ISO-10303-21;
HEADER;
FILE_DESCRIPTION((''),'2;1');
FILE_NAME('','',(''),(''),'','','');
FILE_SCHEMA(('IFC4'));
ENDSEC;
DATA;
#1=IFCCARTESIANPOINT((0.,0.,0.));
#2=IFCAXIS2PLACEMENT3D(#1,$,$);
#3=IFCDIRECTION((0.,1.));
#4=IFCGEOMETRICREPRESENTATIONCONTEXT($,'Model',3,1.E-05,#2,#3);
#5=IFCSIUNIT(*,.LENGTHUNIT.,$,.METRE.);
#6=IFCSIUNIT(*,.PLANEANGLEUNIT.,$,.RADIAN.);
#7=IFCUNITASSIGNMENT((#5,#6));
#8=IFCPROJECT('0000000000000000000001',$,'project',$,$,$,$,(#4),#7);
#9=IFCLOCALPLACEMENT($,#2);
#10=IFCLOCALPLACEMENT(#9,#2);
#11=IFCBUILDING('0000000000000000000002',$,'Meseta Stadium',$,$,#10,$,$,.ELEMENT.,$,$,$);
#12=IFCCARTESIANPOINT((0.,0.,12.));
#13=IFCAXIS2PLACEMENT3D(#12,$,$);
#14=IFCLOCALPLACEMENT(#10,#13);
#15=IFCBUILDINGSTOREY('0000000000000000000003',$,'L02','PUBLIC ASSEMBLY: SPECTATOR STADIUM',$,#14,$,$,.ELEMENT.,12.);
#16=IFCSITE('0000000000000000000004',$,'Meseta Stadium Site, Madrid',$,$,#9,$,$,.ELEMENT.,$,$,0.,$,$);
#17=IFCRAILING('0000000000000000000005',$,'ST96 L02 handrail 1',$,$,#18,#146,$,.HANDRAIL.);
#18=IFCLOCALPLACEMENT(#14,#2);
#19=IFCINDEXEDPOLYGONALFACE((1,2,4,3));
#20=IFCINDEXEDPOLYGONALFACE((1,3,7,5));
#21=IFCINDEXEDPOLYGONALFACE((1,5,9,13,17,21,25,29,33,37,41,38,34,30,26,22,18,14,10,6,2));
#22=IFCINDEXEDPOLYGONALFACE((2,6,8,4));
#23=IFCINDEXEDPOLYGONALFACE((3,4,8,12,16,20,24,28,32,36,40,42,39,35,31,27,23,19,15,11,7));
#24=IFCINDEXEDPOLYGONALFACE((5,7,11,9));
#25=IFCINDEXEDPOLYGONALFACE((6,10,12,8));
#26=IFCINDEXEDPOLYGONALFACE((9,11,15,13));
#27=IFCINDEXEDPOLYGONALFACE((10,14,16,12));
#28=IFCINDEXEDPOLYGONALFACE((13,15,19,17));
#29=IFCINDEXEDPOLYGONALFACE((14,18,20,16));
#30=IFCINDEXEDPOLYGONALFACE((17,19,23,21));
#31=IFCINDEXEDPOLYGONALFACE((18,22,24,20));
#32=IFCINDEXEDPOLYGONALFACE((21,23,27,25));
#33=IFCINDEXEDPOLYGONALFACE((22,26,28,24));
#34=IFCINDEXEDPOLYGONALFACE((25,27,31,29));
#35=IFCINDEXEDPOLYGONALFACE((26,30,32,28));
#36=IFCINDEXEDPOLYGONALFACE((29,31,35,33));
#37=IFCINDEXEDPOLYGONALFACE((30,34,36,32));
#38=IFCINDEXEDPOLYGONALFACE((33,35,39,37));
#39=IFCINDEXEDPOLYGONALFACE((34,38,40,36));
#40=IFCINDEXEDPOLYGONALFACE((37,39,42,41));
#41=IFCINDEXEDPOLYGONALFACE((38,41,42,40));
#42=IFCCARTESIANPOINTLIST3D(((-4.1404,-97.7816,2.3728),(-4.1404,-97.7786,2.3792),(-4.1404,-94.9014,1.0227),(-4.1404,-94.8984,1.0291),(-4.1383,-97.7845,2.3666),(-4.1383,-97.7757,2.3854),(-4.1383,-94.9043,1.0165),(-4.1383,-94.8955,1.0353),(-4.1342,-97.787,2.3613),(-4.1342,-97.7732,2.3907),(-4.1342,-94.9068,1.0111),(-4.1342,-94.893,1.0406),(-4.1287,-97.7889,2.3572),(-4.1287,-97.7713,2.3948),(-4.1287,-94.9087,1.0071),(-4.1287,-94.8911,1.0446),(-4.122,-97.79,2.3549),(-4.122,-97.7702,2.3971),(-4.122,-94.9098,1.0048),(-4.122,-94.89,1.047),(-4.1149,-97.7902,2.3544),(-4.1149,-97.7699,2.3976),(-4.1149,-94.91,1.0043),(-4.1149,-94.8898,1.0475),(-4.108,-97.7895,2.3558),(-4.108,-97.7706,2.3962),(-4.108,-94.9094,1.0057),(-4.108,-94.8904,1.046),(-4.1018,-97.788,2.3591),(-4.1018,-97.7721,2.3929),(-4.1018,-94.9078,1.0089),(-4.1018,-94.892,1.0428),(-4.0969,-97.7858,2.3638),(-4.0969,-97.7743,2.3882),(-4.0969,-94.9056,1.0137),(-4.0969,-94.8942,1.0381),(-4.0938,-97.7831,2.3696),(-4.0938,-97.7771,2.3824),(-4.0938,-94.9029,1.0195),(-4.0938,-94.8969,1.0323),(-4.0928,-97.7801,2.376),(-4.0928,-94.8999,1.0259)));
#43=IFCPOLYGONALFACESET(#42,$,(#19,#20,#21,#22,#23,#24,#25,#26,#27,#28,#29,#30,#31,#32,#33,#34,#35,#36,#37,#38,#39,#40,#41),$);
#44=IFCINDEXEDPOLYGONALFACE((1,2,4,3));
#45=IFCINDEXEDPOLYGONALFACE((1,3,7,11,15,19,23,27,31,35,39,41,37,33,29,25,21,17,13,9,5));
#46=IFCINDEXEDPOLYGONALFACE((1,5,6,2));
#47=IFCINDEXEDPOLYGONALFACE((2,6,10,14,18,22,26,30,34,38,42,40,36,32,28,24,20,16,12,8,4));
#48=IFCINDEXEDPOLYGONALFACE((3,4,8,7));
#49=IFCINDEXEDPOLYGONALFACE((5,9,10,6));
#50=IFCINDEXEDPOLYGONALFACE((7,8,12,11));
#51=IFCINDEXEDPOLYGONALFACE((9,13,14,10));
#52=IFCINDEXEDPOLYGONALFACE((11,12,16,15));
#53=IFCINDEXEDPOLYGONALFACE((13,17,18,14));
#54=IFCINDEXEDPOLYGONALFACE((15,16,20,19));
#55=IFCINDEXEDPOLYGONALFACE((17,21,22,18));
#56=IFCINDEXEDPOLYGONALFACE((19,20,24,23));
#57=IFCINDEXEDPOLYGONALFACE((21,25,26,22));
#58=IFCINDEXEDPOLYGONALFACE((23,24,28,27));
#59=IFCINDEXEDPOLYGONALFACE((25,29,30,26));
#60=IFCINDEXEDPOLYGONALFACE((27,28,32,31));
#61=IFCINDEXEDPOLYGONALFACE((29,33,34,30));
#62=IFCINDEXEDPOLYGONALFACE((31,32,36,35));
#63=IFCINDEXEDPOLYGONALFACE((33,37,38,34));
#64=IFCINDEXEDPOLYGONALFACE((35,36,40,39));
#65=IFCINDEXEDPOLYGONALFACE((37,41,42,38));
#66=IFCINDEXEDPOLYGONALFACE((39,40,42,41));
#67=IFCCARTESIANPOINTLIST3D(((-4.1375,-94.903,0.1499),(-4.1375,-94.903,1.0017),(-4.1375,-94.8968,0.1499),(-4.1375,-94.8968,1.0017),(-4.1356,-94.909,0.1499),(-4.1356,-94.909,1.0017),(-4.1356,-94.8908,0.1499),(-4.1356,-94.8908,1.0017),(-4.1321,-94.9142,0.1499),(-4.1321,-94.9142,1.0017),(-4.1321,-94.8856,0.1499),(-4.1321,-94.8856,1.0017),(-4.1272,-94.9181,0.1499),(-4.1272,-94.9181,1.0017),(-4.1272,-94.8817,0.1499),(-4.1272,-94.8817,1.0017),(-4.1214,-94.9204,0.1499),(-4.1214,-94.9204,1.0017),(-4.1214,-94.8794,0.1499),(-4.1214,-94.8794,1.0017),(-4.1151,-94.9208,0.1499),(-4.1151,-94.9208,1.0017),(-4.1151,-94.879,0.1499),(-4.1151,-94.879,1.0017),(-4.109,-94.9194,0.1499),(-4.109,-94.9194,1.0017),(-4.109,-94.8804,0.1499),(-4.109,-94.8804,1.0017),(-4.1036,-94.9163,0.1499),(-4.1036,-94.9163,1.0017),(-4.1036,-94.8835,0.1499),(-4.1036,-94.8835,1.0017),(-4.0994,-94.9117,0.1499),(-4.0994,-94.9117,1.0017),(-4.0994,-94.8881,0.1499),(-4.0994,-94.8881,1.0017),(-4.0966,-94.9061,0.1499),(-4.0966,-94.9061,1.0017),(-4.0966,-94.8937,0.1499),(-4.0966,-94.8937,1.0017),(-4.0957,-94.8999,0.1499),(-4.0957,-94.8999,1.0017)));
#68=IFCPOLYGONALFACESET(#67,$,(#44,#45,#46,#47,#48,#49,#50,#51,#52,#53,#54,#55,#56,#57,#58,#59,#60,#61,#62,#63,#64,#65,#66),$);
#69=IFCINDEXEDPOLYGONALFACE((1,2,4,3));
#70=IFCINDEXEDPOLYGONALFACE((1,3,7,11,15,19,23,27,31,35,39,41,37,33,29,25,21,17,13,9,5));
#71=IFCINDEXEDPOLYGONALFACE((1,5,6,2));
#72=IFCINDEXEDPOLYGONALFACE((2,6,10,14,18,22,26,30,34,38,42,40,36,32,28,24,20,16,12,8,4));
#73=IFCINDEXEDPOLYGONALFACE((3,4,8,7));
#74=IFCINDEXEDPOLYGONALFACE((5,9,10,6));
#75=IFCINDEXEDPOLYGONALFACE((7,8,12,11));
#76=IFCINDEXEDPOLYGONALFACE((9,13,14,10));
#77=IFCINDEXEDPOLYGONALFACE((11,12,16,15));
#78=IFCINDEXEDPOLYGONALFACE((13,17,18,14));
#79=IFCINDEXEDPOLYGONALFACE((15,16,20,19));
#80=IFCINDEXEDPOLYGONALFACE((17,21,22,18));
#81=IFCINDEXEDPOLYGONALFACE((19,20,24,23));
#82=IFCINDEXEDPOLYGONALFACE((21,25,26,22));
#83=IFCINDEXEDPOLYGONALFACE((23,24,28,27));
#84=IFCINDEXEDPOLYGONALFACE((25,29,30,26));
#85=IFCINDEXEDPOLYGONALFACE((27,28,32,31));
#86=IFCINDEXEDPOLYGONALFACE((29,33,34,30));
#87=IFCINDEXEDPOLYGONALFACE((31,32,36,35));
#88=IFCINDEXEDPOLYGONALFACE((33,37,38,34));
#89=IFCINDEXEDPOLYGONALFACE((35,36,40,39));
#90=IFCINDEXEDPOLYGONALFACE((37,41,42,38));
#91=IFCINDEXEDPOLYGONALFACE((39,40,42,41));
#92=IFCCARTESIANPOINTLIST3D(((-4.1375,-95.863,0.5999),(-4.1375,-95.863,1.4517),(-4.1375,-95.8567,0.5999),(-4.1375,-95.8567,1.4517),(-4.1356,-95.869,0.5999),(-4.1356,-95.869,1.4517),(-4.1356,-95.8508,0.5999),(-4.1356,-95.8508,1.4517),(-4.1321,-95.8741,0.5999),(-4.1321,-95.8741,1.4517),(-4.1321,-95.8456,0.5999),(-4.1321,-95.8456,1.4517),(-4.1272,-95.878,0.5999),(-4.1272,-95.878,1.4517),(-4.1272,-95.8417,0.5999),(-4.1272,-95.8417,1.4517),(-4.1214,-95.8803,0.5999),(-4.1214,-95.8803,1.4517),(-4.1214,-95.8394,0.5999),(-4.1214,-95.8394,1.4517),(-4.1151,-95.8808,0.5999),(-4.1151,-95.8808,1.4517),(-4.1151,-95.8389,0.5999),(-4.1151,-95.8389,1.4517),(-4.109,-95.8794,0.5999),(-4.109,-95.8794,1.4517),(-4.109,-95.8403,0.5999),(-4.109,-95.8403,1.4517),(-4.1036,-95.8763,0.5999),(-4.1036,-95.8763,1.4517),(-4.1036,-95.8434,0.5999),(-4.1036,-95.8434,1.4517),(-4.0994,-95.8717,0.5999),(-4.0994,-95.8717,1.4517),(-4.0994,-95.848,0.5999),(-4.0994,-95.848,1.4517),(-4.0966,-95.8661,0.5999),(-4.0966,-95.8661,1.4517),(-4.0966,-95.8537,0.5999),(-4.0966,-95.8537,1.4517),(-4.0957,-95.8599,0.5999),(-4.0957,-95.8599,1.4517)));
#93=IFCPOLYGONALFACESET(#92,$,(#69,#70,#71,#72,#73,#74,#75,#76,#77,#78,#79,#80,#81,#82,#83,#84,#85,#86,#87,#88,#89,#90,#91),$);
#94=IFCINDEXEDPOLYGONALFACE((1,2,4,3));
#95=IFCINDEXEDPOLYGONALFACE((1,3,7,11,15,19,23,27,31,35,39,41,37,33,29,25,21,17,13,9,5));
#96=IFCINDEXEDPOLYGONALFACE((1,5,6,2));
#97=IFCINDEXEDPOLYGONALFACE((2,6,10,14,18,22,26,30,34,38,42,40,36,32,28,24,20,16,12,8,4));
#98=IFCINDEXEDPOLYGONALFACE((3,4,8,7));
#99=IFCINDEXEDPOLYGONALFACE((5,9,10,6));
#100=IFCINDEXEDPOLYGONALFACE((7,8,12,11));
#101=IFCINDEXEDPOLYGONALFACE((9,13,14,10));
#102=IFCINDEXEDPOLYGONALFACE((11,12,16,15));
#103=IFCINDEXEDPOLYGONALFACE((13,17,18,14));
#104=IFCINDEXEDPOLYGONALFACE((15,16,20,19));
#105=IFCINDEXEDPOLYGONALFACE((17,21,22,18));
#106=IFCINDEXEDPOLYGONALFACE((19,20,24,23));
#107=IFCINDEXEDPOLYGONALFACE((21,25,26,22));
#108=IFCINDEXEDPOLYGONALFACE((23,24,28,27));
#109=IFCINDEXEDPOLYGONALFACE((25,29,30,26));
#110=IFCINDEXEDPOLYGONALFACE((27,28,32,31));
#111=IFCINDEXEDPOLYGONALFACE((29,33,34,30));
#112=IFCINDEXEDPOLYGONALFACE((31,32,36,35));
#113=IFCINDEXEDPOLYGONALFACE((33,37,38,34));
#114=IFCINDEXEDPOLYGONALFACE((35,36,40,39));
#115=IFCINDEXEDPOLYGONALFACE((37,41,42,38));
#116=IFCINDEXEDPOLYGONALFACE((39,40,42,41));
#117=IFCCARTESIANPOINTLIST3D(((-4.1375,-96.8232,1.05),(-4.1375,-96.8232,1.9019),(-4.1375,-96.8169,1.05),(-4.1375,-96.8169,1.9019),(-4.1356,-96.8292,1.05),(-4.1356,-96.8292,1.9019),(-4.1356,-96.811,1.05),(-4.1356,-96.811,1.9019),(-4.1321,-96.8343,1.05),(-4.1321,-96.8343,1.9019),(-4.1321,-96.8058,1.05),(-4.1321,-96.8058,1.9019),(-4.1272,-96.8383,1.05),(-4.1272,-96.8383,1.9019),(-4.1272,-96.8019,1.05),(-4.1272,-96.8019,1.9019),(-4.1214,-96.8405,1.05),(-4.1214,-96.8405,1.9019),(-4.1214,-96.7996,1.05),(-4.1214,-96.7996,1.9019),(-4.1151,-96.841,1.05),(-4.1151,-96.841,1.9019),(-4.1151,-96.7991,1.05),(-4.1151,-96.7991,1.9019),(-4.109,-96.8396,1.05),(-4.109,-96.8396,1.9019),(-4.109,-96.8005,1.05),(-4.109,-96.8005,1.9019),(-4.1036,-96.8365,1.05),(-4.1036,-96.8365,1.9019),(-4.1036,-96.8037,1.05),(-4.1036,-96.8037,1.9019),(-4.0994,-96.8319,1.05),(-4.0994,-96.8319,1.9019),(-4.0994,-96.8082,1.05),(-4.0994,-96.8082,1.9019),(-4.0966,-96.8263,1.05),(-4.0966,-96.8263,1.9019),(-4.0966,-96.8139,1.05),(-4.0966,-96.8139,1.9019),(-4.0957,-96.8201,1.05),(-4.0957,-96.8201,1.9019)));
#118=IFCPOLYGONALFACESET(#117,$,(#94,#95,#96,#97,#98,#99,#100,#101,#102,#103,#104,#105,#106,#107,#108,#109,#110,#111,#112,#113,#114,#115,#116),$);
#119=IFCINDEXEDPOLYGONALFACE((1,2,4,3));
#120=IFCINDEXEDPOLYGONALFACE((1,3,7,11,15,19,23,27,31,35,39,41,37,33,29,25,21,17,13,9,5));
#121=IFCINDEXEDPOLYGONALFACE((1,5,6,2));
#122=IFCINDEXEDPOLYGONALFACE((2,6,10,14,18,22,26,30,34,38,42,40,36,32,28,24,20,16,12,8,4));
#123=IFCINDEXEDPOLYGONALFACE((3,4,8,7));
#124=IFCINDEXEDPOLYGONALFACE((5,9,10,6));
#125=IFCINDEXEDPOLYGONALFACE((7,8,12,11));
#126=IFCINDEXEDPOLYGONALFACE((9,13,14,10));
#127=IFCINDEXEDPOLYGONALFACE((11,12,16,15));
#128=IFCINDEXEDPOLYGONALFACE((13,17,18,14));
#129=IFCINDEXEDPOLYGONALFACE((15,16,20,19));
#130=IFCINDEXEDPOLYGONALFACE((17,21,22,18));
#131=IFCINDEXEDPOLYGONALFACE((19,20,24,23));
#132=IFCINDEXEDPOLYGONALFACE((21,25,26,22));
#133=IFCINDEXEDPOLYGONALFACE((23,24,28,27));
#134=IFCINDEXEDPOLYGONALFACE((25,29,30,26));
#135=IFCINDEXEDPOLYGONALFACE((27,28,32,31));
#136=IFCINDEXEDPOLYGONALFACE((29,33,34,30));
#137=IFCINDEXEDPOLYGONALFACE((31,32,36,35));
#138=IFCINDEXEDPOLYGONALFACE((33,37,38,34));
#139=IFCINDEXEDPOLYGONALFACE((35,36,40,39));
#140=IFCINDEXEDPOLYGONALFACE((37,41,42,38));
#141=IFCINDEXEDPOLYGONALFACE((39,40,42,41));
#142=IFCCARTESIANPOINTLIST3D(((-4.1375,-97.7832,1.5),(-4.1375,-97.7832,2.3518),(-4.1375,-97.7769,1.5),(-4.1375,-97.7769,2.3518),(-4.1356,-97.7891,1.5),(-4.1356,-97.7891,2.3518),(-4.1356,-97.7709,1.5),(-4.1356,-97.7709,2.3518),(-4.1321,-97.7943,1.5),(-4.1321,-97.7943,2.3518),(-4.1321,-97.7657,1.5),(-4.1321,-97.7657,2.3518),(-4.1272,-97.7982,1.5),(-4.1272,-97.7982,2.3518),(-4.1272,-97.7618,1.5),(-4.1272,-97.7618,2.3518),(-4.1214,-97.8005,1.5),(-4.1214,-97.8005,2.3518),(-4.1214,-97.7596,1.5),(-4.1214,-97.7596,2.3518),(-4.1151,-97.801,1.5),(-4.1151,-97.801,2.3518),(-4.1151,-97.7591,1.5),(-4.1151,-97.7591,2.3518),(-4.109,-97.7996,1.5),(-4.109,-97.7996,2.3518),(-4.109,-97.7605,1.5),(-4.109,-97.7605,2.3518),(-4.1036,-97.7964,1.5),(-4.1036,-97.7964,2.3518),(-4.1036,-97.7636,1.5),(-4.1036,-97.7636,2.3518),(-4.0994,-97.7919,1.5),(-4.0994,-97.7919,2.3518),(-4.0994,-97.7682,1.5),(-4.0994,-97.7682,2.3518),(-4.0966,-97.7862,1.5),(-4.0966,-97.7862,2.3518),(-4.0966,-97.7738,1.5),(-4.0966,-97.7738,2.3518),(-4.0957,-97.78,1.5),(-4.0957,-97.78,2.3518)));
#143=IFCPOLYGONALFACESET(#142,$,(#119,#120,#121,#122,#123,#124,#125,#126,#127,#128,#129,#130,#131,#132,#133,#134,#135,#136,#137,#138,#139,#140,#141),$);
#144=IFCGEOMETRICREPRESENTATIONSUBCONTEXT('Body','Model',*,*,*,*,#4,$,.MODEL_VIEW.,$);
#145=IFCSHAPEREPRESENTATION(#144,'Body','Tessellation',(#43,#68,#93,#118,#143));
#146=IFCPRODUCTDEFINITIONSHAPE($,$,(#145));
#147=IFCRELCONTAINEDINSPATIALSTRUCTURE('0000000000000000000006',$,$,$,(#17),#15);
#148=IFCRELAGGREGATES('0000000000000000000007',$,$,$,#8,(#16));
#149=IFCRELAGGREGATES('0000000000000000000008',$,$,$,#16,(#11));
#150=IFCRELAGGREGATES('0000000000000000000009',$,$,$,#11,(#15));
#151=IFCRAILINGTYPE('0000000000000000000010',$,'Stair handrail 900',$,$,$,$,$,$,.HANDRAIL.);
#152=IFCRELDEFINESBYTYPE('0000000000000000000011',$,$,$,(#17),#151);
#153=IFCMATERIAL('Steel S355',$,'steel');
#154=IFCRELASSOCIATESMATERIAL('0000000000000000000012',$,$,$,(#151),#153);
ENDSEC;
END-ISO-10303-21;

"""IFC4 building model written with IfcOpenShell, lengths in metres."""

from ifc_helpers import new_model, si_unit, direction, frame, origin, origin_2d, place, context, subcontext, project, spatial, circle, extrude, material, type_object, element, save


model = new_model("IFC4")

# Units and contexts
model_context = context("Model", 3, precision=1e-05, world=origin(), true_north=direction((0.0, 1.0)))
body_context = subcontext(model_context, "Body", "Model", "MODEL_VIEW")
ifc_project = project(units=[si_unit("LENGTHUNIT", "METRE"), si_unit("PLANEANGLEUNIT", "RADIAN")], contexts=[model_context])

# Site, building, storey
site_placement = place(None, origin())
site = spatial("IfcSite", under=ifc_project, at=site_placement, Name="Meseta Stadium Site, Madrid", CompositionType="ELEMENT", RefElevation=0.0)
building_placement = place(site_placement, origin())
building = spatial("IfcBuilding", under=site, at=building_placement, Name="Meseta Stadium", CompositionType="ELEMENT")
storey_placement = place(building_placement, frame((0.0, 0.0, 12.0)))
storey = spatial("IfcBuildingStorey", under=building, at=storey_placement, Name="L02", Description="PUBLIC ASSEMBLY: SPECTATOR STADIUM", CompositionType="ELEMENT", Elevation=12.0)

# Railing
ifc_material_1 = material(Name="Steel S355", Category="steel")
railing_type_1 = type_object("IfcRailingType", Name="Stair handrail 900", PredefinedType="HANDRAIL", material=ifc_material_1)
railing_1_placement = place(storey_placement, frame((-4.1167, -94.8999, 0.1499)))
element("IfcRailing", 1, at=railing_1_placement, inside=storey, type_object=railing_type_1, Name="ST96 L02 handrail 1", PredefinedType="HANDRAIL", context=body_context, shape_type="SweptSolid", body=[
    extrude(circle(Radius=0.0239, at=origin_2d()), frame((0.0, 0.0, 0.876), z_axis=(0.0, -0.905454, 0.424444), x_axis=(1.0, 0.0, 0.0)), (0.0, 0.0, 1.0), 3.1809),
    extrude(circle(Radius=0.021, at=origin_2d()), origin(), (0.0, 0.0, 1.0), 0.8518),
    extrude(circle(Radius=0.021, at=origin_2d()), frame((0.0, -0.96, 0.45)), (0.0, 0.0, 1.0), 0.8518),
    extrude(circle(Radius=0.021, at=origin_2d()), frame((0.0, -1.9202, 0.9001)), (0.0, 0.0, 1.0), 0.8518),
    extrude(circle(Radius=0.021, at=origin_2d()), frame((0.0, -2.8801, 1.3501)), (0.0, 0.0, 1.0), 0.8518),
])

save(model, "model.ifc")
